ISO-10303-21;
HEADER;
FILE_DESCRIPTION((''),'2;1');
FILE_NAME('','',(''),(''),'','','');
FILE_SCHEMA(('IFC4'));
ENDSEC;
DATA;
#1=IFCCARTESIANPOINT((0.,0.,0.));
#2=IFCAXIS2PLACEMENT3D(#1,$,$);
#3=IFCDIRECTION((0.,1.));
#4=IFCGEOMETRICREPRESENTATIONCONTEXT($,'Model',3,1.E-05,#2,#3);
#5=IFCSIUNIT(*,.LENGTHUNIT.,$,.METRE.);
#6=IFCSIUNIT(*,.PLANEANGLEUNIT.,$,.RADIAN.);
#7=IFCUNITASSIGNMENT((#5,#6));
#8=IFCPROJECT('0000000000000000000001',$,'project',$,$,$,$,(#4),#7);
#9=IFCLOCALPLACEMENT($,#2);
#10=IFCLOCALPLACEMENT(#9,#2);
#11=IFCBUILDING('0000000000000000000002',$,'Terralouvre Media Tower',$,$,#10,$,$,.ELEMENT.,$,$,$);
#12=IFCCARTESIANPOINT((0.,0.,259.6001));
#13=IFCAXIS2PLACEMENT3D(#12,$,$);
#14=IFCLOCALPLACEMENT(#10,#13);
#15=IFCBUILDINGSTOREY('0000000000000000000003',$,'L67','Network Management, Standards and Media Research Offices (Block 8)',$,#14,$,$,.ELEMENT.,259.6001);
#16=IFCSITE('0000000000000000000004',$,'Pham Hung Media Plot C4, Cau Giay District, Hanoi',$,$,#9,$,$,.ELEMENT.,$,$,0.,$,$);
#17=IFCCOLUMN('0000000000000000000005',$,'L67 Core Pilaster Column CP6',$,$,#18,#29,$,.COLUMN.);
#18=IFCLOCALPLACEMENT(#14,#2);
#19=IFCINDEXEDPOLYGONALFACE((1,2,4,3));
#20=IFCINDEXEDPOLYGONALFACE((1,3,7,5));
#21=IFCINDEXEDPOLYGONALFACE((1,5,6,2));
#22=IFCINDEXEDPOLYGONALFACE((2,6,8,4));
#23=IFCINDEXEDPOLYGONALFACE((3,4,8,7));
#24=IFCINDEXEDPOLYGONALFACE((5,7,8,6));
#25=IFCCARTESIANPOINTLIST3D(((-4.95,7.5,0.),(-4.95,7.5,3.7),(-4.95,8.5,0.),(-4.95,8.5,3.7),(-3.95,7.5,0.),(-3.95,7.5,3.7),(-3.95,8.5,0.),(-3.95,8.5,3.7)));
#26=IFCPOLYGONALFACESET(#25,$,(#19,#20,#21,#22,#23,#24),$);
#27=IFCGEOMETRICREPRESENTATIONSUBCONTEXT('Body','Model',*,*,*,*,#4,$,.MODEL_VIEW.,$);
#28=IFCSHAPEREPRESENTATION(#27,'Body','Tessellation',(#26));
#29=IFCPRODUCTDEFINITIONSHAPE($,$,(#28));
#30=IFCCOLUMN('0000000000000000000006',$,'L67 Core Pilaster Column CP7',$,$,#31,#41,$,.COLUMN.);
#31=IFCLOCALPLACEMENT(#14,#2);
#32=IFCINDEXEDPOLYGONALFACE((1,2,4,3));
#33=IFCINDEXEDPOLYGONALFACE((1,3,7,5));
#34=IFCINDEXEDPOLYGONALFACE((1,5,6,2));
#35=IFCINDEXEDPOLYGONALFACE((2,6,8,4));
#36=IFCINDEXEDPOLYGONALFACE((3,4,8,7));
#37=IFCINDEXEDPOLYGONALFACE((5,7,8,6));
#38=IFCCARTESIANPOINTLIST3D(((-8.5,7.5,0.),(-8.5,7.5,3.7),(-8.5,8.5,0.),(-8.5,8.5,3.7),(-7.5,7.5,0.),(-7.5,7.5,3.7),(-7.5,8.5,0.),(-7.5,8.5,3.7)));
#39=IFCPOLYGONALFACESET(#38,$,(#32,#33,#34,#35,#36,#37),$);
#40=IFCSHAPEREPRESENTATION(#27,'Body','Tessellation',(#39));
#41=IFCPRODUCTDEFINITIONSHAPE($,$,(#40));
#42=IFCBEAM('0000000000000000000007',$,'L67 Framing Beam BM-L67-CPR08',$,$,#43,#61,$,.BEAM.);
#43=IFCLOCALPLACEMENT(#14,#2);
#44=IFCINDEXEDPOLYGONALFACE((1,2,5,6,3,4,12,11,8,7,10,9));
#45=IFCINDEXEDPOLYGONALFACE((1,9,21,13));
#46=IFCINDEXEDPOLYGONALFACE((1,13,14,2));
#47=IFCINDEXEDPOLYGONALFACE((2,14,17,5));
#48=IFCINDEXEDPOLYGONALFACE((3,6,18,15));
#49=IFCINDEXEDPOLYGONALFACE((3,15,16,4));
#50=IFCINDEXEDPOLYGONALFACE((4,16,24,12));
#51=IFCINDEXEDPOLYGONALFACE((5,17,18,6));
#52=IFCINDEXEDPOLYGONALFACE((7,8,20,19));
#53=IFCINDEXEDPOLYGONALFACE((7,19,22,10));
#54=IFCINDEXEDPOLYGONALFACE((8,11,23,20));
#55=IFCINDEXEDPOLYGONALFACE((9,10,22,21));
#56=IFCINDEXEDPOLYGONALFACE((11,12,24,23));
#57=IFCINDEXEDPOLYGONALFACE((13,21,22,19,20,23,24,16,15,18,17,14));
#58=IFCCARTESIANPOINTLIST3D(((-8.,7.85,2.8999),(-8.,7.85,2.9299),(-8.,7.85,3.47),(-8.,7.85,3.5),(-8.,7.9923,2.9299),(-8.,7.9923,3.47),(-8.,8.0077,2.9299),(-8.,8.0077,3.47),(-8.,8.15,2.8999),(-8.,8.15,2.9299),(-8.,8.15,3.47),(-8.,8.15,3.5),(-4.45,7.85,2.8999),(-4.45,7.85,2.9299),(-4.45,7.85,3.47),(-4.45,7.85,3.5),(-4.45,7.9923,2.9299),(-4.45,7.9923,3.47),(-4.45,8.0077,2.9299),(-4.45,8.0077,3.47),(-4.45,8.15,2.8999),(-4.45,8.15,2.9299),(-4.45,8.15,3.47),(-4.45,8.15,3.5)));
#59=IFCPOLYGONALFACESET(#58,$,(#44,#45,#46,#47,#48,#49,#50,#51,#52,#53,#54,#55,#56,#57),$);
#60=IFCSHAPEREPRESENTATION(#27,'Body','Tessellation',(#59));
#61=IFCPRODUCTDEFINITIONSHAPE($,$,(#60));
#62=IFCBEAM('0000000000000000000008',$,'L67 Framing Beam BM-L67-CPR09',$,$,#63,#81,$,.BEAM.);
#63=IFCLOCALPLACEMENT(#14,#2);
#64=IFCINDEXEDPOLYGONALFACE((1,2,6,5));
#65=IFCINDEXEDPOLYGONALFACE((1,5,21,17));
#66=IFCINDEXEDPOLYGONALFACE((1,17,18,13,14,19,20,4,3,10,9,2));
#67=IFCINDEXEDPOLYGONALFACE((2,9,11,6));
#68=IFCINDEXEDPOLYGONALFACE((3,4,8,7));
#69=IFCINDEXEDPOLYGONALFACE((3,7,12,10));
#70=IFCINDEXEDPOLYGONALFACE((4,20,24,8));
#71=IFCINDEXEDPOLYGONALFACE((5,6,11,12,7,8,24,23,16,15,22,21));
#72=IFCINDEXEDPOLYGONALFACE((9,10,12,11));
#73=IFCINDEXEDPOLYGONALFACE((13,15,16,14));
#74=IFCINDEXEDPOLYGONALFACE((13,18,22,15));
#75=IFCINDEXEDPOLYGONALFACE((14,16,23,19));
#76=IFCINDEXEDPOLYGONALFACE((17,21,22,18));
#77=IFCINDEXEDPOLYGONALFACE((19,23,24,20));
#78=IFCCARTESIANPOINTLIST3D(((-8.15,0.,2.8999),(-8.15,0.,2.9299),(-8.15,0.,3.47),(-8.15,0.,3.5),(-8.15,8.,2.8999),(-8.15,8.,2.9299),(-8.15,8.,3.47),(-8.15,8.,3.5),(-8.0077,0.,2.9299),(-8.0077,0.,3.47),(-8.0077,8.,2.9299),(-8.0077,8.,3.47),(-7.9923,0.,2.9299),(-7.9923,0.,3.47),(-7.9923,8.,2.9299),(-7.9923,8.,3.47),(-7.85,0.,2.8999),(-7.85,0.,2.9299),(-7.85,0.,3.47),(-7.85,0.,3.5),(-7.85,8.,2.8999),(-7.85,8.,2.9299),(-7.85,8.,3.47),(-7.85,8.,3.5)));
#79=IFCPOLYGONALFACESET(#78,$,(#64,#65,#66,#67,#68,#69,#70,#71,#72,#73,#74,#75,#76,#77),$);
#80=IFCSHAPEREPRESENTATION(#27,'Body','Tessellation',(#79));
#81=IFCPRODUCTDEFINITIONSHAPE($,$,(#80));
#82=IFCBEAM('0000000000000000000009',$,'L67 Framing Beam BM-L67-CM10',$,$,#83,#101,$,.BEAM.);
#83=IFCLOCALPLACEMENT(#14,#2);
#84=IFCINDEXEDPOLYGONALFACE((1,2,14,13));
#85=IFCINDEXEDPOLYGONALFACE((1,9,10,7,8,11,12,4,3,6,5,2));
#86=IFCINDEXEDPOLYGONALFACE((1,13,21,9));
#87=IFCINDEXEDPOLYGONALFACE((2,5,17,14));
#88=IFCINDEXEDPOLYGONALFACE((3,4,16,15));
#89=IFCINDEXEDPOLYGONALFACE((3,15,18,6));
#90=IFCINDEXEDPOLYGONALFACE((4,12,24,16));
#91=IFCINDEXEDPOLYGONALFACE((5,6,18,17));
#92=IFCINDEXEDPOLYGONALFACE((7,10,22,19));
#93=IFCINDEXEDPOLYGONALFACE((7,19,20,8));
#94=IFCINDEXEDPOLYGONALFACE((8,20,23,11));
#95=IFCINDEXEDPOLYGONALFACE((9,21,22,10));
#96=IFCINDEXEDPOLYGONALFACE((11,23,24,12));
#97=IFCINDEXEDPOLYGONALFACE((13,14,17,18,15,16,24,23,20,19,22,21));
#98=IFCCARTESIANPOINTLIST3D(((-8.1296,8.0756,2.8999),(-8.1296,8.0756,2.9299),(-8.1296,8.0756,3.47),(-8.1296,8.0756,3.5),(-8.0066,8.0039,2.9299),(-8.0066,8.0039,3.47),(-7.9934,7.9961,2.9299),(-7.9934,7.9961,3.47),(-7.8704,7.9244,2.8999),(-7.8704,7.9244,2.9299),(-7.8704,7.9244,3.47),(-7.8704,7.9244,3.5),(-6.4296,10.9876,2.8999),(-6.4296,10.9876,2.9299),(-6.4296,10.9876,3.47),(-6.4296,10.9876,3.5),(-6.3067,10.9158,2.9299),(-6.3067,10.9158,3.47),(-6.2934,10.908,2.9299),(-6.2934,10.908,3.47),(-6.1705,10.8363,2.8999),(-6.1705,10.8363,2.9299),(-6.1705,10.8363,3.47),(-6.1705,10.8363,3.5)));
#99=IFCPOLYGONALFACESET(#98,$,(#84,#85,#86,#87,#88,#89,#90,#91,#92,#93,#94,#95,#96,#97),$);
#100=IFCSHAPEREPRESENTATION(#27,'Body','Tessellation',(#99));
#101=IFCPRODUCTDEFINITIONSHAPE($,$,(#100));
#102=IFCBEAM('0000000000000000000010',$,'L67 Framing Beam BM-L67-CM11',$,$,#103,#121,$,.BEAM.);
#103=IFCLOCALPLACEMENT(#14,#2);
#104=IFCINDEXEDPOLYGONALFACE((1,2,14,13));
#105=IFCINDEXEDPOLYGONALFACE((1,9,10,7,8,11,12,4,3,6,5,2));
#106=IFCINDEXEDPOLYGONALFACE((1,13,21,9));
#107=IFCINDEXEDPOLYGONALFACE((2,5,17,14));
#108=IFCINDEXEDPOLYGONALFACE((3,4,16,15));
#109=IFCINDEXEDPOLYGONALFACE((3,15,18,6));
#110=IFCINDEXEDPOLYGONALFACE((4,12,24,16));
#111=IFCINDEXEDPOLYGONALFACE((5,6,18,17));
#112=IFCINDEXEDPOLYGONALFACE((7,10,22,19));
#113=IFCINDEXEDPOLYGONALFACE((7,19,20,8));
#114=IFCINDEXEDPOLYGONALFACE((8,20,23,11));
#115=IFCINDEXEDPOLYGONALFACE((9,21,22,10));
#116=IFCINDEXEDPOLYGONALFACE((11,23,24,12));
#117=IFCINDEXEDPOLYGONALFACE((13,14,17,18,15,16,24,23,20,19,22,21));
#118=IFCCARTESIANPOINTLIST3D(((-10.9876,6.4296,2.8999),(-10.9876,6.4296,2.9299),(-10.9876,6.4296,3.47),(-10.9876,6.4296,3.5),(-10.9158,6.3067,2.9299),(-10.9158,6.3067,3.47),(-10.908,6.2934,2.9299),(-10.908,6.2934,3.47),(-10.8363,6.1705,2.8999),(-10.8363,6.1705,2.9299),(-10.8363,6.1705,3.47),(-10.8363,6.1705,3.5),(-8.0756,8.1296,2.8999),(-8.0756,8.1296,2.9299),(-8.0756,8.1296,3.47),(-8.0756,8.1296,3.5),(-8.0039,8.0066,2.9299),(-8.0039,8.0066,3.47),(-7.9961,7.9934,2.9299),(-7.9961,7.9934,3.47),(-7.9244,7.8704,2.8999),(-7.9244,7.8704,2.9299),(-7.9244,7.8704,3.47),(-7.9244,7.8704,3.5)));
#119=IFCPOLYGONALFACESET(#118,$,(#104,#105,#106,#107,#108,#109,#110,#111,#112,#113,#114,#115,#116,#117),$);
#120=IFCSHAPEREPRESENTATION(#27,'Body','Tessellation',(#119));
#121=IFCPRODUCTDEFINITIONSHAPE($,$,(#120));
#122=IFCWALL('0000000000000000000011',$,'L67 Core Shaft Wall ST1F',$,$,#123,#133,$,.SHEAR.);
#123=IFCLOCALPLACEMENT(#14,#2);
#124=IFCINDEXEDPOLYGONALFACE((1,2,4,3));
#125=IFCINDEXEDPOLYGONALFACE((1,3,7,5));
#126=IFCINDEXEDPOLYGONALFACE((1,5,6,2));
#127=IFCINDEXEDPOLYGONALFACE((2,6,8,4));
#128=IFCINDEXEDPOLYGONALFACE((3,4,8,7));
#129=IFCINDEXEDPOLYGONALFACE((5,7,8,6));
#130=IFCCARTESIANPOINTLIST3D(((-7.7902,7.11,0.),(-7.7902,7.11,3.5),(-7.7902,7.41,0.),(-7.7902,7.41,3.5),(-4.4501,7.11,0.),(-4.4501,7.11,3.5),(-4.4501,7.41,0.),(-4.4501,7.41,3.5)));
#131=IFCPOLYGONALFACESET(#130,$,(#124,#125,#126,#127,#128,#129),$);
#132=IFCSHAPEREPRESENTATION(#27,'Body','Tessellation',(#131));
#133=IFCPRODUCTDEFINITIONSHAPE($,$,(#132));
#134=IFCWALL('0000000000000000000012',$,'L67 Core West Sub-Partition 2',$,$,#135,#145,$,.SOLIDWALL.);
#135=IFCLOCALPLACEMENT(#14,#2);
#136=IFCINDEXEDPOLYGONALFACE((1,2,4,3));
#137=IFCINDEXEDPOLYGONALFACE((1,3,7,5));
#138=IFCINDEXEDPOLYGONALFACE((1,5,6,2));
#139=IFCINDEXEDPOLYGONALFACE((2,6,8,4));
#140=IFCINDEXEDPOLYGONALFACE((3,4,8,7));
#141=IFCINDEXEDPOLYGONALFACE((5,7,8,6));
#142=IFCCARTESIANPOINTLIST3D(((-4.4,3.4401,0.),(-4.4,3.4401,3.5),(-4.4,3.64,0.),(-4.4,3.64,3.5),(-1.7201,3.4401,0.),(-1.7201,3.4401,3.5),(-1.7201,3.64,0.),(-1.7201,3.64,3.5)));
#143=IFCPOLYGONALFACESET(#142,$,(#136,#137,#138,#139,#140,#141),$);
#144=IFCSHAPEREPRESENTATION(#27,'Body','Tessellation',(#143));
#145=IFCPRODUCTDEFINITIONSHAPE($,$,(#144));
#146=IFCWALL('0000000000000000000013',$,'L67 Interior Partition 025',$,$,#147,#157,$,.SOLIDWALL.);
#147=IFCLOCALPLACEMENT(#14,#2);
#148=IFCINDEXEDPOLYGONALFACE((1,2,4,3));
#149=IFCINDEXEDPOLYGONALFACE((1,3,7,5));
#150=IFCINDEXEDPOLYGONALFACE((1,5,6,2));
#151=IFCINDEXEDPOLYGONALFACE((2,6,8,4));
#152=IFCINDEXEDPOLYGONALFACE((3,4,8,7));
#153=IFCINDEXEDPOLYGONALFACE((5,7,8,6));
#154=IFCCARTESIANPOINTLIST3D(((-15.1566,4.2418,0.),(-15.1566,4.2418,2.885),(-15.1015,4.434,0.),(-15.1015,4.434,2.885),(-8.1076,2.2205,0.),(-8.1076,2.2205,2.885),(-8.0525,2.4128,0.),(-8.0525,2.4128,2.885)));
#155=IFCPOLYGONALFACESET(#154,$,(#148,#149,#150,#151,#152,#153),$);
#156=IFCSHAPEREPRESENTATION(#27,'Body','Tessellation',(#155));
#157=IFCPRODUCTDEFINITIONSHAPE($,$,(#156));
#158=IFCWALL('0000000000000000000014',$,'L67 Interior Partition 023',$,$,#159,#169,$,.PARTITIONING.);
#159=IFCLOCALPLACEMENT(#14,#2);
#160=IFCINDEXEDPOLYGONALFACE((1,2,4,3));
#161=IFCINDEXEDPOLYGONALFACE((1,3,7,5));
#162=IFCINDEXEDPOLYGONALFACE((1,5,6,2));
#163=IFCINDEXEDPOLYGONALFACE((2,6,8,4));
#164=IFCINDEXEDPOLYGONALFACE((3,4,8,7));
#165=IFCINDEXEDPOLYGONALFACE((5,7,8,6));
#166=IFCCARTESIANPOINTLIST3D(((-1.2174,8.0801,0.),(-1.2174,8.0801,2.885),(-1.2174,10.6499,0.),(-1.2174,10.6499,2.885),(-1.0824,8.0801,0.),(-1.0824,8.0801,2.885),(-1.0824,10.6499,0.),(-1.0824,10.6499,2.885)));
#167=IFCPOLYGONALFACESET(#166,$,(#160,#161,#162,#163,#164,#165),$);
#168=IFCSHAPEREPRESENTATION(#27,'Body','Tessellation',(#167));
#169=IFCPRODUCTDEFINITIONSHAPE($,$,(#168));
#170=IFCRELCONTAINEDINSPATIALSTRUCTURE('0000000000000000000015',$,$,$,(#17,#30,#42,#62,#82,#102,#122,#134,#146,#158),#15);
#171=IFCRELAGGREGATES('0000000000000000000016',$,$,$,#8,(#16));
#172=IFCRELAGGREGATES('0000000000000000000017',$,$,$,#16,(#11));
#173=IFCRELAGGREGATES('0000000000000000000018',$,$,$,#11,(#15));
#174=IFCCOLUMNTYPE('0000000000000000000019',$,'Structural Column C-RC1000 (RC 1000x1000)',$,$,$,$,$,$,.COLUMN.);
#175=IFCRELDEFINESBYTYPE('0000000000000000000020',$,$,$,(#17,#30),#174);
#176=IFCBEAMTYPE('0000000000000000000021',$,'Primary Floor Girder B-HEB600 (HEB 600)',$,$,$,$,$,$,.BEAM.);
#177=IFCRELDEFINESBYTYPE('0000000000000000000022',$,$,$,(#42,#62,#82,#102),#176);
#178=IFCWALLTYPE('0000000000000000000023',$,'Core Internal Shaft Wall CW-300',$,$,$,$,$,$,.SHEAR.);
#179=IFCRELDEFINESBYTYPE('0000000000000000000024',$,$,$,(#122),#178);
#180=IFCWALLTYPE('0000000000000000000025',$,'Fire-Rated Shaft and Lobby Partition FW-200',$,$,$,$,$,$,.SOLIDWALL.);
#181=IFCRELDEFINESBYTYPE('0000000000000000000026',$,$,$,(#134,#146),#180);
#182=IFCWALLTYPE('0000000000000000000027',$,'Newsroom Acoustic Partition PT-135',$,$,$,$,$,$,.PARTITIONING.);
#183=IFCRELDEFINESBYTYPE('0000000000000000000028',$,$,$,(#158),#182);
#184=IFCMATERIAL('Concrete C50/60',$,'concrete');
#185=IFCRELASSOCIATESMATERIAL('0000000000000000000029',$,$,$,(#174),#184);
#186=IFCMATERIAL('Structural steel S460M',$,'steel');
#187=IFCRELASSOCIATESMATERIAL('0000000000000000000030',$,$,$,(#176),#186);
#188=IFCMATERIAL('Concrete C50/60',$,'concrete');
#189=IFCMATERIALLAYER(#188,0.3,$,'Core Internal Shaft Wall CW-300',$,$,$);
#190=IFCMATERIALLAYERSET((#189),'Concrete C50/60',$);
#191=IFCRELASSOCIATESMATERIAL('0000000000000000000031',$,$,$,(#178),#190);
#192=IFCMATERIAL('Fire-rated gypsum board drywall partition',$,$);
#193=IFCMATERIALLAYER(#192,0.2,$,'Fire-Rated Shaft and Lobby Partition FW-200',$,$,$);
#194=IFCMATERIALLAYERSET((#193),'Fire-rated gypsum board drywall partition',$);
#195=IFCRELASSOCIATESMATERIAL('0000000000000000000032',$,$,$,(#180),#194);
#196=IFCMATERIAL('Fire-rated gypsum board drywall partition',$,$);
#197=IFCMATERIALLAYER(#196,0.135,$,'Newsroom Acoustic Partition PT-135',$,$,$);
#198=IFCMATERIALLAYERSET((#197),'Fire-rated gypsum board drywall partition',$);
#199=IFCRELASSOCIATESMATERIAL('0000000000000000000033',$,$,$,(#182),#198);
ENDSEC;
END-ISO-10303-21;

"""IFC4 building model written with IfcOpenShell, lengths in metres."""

from ifc_helpers import new_model, si_unit, direction, frame, frame_2d, origin, origin_2d, place, context, subcontext, project, spatial, rectangle, i_section, extrude, material, layer, layer_set, material_profile, profile_set, type_object, element, save


model = new_model("IFC4")

# Units and contexts
model_context = context("Model", 3, precision=1e-05, world=origin(), true_north=direction((0.0, 1.0)))
body_context = subcontext(model_context, "Body", "Model", "MODEL_VIEW")
ifc_project = project(units=[si_unit("LENGTHUNIT", "METRE"), si_unit("PLANEANGLEUNIT", "RADIAN")], contexts=[model_context])

# Site, building, storey
site_placement = place(None, origin())
site = spatial("IfcSite", under=ifc_project, at=site_placement, Name="Pham Hung Media Plot C4, Cau Giay District, Hanoi", CompositionType="ELEMENT", RefElevation=0.0)
building_placement = place(site_placement, origin())
building = spatial("IfcBuilding", under=site, at=building_placement, Name="Terralouvre Media Tower", CompositionType="ELEMENT")
storey_placement = place(building_placement, frame((0.0, 0.0, 259.6001)))
storey = spatial("IfcBuildingStorey", under=building, at=storey_placement, Name="L67", Description="Network Management, Standards and Media Research Offices (Block 8)", CompositionType="ELEMENT", Elevation=259.6001)

# Columns
ifc_material_1 = material(Name="Concrete C50/60", Category="concrete")
ifc_material_profile_1 = material_profile(ifc_material_1, rectangle(XDim=1.0, YDim=1.0, at=origin_2d()), Name="RC 1000x1000")
ifc_profile_set_1 = profile_set([ifc_material_profile_1], Name="Concrete C50/60")
column_type = type_object("IfcColumnType", Name="Structural Column C-RC1000 (RC 1000x1000)", PredefinedType="COLUMN", material=ifc_profile_set_1)
for number, where, z_axis, x_axis, name in (
    (1, (-4.45, 8.0, 0.0), (0.0, 0.0, 1.0), (1.0, 0.0, 0.0), "L67 Core Pilaster Column CP6"),
    (2, (-8.0, 8.0, 0.0), (0.0, 0.0, 1.0), (1.0, 0.0, 0.0), "L67 Core Pilaster Column CP7"),
):
    element("IfcColumn", number, at=place(storey_placement, frame(where, z_axis=z_axis, x_axis=x_axis)), inside=storey, type_object=column_type, Name=name, PredefinedType="COLUMN", context=body_context, shape_type="SweptSolid", body=[
        extrude(rectangle(XDim=1.0, YDim=1.0, at=origin_2d()), origin(), (0.0, 0.0, 1.0), 3.7),
    ])

# Beams
ifc_material_2 = material(Name="Structural steel S460M", Category="steel")
ifc_material_profile_2 = material_profile(ifc_material_2, i_section(OverallWidth=0.3, OverallDepth=0.6001, WebThickness=0.0154, FlangeThickness=0.03, at=origin_2d()), Name="HEB 600")
ifc_profile_set_2 = profile_set([ifc_material_profile_2], Name="Structural steel S460M")
beam_type = type_object("IfcBeamType", Name="Primary Floor Girder B-HEB600 (HEB 600)", PredefinedType="BEAM", material=ifc_profile_set_2)
beam_1_placement = place(storey_placement, frame((-4.45, 8.0, 3.2), z_axis=(-1.0, 0.0, 0.0), x_axis=(0.0, -1.0, 0.0)))
element("IfcBeam", 3, at=beam_1_placement, inside=storey, type_object=beam_type, Name="L67 Framing Beam BM-L67-CPR08", PredefinedType="BEAM", context=body_context, shape_type="SweptSolid", body=[
    extrude(i_section(OverallWidth=0.3, OverallDepth=0.6001, WebThickness=0.0154, FlangeThickness=0.03, at=origin_2d()), origin(), (0.0, 0.0, 1.0), 3.55),
])
beam_2_placement = place(storey_placement, frame((-8.0, 8.0, 3.2), z_axis=(0.0, -1.0, 0.0), x_axis=(1.0, 0.0, 0.0)))
element("IfcBeam", 4, at=beam_2_placement, inside=storey, type_object=beam_type, Name="L67 Framing Beam BM-L67-CPR09", PredefinedType="BEAM", context=body_context, shape_type="SweptSolid", body=[
    extrude(i_section(OverallWidth=0.3, OverallDepth=0.6001, WebThickness=0.0154, FlangeThickness=0.03, at=origin_2d()), origin(), (0.0, 0.0, 1.0), 8.0),
])
for number, where, z_axis, x_axis, name in (
    (5, (-8.0, 8.0, 3.2), (0.504173, 0.863603, 0.0), (-0.863603, 0.504173, 0.0), "L67 Framing Beam BM-L67-CM10"),
    (6, (-8.0, 8.0, 3.2), (-0.863603, -0.504173, 0.0), (0.504173, -0.863603, 0.0), "L67 Framing Beam BM-L67-CM11"),
):
    element("IfcBeam", number, at=place(storey_placement, frame(where, z_axis=z_axis, x_axis=x_axis)), inside=storey, type_object=beam_type, Name=name, PredefinedType="BEAM", context=body_context, shape_type="SweptSolid", body=[
        extrude(i_section(OverallWidth=0.3, OverallDepth=0.6001, WebThickness=0.0154, FlangeThickness=0.03, at=origin_2d()), origin(), (0.0, 0.0, 1.0), 3.3718),
    ])

# Shared definitions
ifc_material_3 = material(Name="Concrete C50/60", Category="concrete")
ifc_layer_1 = layer(ifc_material_3, 0.3, Name="Core Internal Shaft Wall CW-300")
ifc_layer_set_1 = layer_set([ifc_layer_1], Name="Concrete C50/60")
wall_type_1 = type_object("IfcWallType", Name="Core Internal Shaft Wall CW-300", PredefinedType="SHEAR", material=ifc_layer_set_1)

# Wall
wall_1_placement = place(storey_placement, frame((-7.79, 7.26, 0.0), z_axis=(0.0, 0.0, 1.0), x_axis=(1.0, 0.0, 0.0)))
element("IfcWall", 7, at=wall_1_placement, inside=storey, type_object=wall_type_1, Name="L67 Core Shaft Wall ST1F", PredefinedType="SHEAR", context=body_context, shape_type="SweptSolid", body=[
    extrude(rectangle(XDim=3.3401, YDim=0.3, at=frame_2d((1.6699, 0.0))), origin(), (0.0, 0.0, 1.0), 3.5),
])

# Walls
ifc_material_4 = material(Name="Fire-rated gypsum board drywall partition")
ifc_layer_2 = layer(ifc_material_4, 0.2, Name="Fire-Rated Shaft and Lobby Partition FW-200")
ifc_layer_set_2 = layer_set([ifc_layer_2], Name="Fire-rated gypsum board drywall partition")
wall_type_2 = type_object("IfcWallType", Name="Fire-Rated Shaft and Lobby Partition FW-200", PredefinedType="SOLIDWALL", material=ifc_layer_set_2)
wall_2_placement = place(storey_placement, frame((-4.3999, 3.54, 0.0), z_axis=(0.0, 0.0, 1.0), x_axis=(1.0, 0.0, 0.0)))
element("IfcWall", 8, at=wall_2_placement, inside=storey, type_object=wall_type_2, Name="L67 Core West Sub-Partition 2", PredefinedType="SOLIDWALL", context=body_context, shape_type="SweptSolid", body=[
    extrude(rectangle(XDim=2.6799, YDim=0.2, at=frame_2d((1.3398, 0.0))), origin(), (0.0, 0.0, 1.0), 3.5),
])
wall_3_placement = place(storey_placement, frame((-8.0801, 2.3167, 0.0), z_axis=(0.0, 0.0, 1.0), x_axis=(-0.961261, 0.27564, 0.0)))
element("IfcWall", 9, at=wall_3_placement, inside=storey, type_object=wall_type_2, Name="L67 Interior Partition 025", PredefinedType="SOLIDWALL", context=body_context, shape_type="SweptSolid", body=[
    extrude(rectangle(XDim=7.333, YDim=0.2, at=frame_2d((3.6665, 0.0))), origin(), (0.0, 0.0, 1.0), 2.885),
])
ifc_material_5 = material(Name="Fire-rated gypsum board drywall partition")
ifc_layer_3 = layer(ifc_material_5, 0.135, Name="Newsroom Acoustic Partition PT-135")
ifc_layer_set_3 = layer_set([ifc_layer_3], Name="Fire-rated gypsum board drywall partition")
wall_type_3 = type_object("IfcWallType", Name="Newsroom Acoustic Partition PT-135", PredefinedType="PARTITIONING", material=ifc_layer_set_3)
wall_4_placement = place(storey_placement, frame((-1.1499, 10.6499, 0.0), z_axis=(0.0, 0.0, 1.0), x_axis=(0.0, -1.0, 0.0)))
element("IfcWall", 10, at=wall_4_placement, inside=storey, type_object=wall_type_3, Name="L67 Interior Partition 023", PredefinedType="PARTITIONING", context=body_context, shape_type="SweptSolid", body=[
    extrude(rectangle(XDim=2.5698, YDim=0.135, at=frame_2d((1.2849, 0.0))), origin(), (0.0, 0.0, 1.0), 2.885),
])

save(model, "model.ifc")
